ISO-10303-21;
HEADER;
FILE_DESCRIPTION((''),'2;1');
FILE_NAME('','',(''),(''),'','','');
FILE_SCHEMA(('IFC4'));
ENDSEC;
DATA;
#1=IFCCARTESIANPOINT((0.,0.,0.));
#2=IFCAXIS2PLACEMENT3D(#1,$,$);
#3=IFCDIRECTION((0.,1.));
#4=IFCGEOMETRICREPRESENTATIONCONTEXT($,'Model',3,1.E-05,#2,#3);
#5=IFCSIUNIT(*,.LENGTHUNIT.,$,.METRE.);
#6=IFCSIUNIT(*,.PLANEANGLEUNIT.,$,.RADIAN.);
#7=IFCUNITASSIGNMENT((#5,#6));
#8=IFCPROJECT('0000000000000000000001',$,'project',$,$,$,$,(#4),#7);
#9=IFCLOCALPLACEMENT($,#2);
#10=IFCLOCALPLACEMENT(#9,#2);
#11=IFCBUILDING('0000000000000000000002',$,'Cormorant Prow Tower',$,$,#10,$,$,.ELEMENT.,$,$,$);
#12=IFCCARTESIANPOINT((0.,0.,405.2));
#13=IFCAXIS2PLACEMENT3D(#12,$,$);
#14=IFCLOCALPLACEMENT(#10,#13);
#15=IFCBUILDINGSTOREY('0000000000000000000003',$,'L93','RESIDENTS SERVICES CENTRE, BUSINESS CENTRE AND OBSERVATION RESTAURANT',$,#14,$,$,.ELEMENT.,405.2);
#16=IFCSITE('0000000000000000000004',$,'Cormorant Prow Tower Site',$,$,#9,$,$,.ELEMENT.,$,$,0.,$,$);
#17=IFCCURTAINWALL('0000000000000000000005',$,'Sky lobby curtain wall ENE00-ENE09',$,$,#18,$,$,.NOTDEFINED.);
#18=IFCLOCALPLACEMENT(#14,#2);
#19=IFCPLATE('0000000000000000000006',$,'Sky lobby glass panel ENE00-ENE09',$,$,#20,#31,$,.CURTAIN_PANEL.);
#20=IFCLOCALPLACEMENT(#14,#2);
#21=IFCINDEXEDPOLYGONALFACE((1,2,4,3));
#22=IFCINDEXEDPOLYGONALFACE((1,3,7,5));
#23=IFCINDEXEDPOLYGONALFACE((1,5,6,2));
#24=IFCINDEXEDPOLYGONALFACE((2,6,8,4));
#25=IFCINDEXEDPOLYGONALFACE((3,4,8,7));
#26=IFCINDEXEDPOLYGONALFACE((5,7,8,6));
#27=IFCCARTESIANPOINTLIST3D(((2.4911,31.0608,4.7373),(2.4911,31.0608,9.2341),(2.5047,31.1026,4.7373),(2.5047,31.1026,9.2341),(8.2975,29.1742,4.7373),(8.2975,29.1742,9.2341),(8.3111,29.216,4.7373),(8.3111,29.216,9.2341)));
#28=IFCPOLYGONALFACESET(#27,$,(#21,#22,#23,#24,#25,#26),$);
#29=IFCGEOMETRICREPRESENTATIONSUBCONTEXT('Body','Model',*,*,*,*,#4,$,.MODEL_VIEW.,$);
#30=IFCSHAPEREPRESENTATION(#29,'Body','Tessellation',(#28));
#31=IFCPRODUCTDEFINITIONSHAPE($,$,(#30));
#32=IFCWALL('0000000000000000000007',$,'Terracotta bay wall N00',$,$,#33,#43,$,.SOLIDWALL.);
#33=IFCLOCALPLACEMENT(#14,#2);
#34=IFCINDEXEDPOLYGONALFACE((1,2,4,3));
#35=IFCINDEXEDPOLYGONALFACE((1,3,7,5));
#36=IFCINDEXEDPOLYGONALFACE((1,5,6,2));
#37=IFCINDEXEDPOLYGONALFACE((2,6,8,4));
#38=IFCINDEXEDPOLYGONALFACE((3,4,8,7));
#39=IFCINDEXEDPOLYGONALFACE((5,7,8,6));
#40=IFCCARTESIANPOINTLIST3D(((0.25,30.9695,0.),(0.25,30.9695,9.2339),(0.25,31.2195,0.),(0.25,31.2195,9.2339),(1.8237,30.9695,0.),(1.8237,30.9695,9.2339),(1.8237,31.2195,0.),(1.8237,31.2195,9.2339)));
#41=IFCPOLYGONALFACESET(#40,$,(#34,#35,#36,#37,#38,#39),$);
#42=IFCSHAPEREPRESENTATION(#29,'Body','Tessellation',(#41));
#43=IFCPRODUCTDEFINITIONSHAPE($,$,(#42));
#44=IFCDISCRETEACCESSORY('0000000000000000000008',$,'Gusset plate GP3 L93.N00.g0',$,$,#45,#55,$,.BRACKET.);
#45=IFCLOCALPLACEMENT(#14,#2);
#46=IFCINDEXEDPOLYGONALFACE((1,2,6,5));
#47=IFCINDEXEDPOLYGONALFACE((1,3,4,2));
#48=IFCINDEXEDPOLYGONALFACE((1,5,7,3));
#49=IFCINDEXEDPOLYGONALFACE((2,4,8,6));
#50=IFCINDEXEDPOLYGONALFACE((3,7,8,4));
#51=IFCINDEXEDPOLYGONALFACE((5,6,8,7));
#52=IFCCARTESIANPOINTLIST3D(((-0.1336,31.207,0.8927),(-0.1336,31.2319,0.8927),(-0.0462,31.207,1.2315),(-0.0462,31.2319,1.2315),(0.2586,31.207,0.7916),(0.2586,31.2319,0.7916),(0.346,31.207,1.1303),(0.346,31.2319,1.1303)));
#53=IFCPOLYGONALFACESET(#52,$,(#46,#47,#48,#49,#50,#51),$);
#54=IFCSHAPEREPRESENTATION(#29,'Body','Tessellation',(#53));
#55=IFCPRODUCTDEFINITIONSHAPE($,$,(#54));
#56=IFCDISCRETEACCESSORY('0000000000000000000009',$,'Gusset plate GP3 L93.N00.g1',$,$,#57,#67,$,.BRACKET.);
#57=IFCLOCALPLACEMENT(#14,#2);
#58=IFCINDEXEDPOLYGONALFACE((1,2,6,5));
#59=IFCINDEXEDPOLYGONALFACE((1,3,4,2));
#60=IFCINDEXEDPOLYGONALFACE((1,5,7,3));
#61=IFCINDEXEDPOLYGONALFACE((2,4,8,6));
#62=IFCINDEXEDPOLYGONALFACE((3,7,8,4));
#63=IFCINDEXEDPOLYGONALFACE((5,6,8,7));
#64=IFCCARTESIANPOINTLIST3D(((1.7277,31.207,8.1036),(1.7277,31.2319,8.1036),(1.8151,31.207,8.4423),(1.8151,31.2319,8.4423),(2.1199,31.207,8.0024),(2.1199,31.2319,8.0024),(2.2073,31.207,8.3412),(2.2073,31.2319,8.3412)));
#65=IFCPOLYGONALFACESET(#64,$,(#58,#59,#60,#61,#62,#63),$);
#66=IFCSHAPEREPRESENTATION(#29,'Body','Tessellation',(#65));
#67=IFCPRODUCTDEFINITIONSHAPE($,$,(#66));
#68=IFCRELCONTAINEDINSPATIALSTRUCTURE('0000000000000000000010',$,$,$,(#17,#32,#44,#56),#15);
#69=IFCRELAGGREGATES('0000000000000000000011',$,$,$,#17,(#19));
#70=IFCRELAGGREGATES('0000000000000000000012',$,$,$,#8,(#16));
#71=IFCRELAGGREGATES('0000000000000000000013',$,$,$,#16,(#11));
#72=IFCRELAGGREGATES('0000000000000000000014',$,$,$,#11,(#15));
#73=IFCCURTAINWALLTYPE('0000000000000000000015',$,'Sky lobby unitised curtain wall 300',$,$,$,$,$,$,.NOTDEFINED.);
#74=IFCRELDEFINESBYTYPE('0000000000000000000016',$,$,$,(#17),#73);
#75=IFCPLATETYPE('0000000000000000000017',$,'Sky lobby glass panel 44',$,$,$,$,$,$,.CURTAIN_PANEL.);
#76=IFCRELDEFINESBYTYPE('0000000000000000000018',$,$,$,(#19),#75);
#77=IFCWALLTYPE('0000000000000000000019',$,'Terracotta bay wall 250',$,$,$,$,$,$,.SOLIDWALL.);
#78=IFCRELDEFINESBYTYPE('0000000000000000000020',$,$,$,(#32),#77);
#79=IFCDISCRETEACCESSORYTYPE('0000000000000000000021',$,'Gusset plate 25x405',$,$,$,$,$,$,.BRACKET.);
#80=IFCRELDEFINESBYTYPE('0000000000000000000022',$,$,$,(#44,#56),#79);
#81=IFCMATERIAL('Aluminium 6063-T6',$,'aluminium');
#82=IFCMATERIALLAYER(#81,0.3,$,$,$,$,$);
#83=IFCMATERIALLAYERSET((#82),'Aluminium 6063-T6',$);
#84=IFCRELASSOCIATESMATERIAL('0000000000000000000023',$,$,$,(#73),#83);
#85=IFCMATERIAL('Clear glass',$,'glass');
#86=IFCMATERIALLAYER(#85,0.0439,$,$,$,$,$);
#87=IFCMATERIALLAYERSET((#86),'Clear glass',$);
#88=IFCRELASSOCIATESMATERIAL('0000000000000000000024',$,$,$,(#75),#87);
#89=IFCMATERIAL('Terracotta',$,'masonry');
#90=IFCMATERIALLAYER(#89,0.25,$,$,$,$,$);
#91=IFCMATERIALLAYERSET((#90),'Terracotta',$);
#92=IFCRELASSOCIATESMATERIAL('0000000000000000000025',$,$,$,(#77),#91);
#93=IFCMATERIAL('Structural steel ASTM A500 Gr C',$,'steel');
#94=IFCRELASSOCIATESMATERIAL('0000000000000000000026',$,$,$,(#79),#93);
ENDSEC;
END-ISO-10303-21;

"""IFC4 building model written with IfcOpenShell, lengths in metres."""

from ifc_helpers import new_model, si_unit, direction, frame, frame_2d, origin, origin_2d, place, context, subcontext, project, spatial, rectangle, extrude, material, layer, layer_set, material_profile, profile_set, type_object, element, aggregate, save


model = new_model("IFC4")

# Units and contexts
model_context = context("Model", 3, precision=1e-05, world=origin(), true_north=direction((0.0, 1.0)))
body_context = subcontext(model_context, "Body", "Model", "MODEL_VIEW")
ifc_project = project(units=[si_unit("LENGTHUNIT", "METRE"), si_unit("PLANEANGLEUNIT", "RADIAN")], contexts=[model_context])

# Site, building, storey
site_placement = place(None, origin())
site = spatial("IfcSite", under=ifc_project, at=site_placement, Name="Cormorant Prow Tower Site", CompositionType="ELEMENT", RefElevation=0.0)
building_placement = place(site_placement, origin())
building = spatial("IfcBuilding", under=site, at=building_placement, Name="Cormorant Prow Tower", CompositionType="ELEMENT")
storey_placement = place(building_placement, frame((0.0, 0.0, 405.2)))
storey = spatial("IfcBuildingStorey", under=building, at=storey_placement, Name="L93", Description="RESIDENTS SERVICES CENTRE, BUSINESS CENTRE AND OBSERVATION RESTAURANT", CompositionType="ELEMENT", Elevation=405.2)

# Curtain wall
ifc_material_1 = material(Name="Aluminium 6063-T6", Category="aluminium")
ifc_layer_1 = layer(ifc_material_1, 0.3)
ifc_layer_set_1 = layer_set([ifc_layer_1], Name="Aluminium 6063-T6")
curtain_wall_type = type_object("IfcCurtainWallType", Name="Sky lobby unitised curtain wall 300", PredefinedType="NOTDEFINED", material=ifc_layer_set_1)
curtain_wall_placement = place(storey_placement, origin())
curtain_wall = element("IfcCurtainWall", 1, at=curtain_wall_placement, inside=storey, type_object=curtain_wall_type, Name="Sky lobby curtain wall ENE00-ENE09", PredefinedType="NOTDEFINED")

# Plate
ifc_material_2 = material(Name="Clear glass", Category="glass")
ifc_layer_2 = layer(ifc_material_2, 0.0439)
ifc_layer_set_2 = layer_set([ifc_layer_2], Name="Clear glass")
plate_type = type_object("IfcPlateType", Name="Sky lobby glass panel 44", PredefinedType="CURTAIN_PANEL", material=ifc_layer_set_2)
plate_1_placement = place(storey_placement, frame((5.4011, 30.1384, 4.7373), z_axis=(0.0, 0.0, 1.0), x_axis=(-0.951056, 0.309017, 0.0)))
plate_1 = element("IfcPlate", 2, at=plate_1_placement, type_object=plate_type, Name="Sky lobby glass panel ENE00-ENE09", PredefinedType="CURTAIN_PANEL", context=body_context, shape_type="SweptSolid", body=[
    extrude(rectangle(XDim=6.1052, YDim=0.0439, at=origin_2d()), origin(), (0.0, 0.0, 1.0), 4.4968),
])
aggregate(curtain_wall, [plate_1])

# Wall
ifc_material_3 = material(Name="Terracotta", Category="masonry")
ifc_layer_3 = layer(ifc_material_3, 0.25)
ifc_layer_set_3 = layer_set([ifc_layer_3], Name="Terracotta")
wall_type = type_object("IfcWallType", Name="Terracotta bay wall 250", PredefinedType="SOLIDWALL", material=ifc_layer_set_3)
wall_placement = place(storey_placement, frame((1.8237, 31.0945, 0.0), z_axis=(0.0, 0.0, 1.0), x_axis=(-1.0, 0.0, 0.0)))
element("IfcWall", 3, at=wall_placement, inside=storey, type_object=wall_type, Name="Terracotta bay wall N00", PredefinedType="SOLIDWALL", context=body_context, shape_type="SweptSolid", body=[
    extrude(rectangle(XDim=1.5737, YDim=0.25, at=frame_2d((0.7869, 0.0))), origin(), (0.0, 0.0, 1.0), 9.2339),
])

# Discrete accessories
ifc_material_4 = material(Name="Structural steel ASTM A500 Gr C", Category="steel")
ifc_material_profile_1 = material_profile(ifc_material_4, rectangle(XDim=0.0249, YDim=0.405, at=origin_2d()), Name="Gusset plate 25x405")
ifc_profile_set_1 = profile_set([ifc_material_profile_1], Name="Structural steel ASTM A500 Gr C")
discrete_accessory_type = type_object("IfcDiscreteAccessoryType", Name="Gusset plate 25x405", PredefinedType="BRACKET", material=ifc_profile_set_1)
for number, where, z_axis, x_axis, name in (
    (4, (0.1499, 31.2195, 1.1809), (-0.249751, 0.0, -0.96831), (0.0, -1.0, 0.0), "Gusset plate GP3 L93.N00.g0"),
    (5, (1.9238, 31.2195, 8.053), (0.249751, 0.0, 0.96831), (0.0, 1.0, 0.0), "Gusset plate GP3 L93.N00.g1"),
):
    element("IfcDiscreteAccessory", number, at=place(storey_placement, frame(where, z_axis=z_axis, x_axis=x_axis)), inside=storey, type_object=discrete_accessory_type, Name=name, PredefinedType="BRACKET", context=body_context, shape_type="SweptSolid", body=[
        extrude(rectangle(XDim=0.0249, YDim=0.405, at=origin_2d()), origin(), (0.0, 0.0, 1.0), 0.3499),
    ])

save(model, "model.ifc")
